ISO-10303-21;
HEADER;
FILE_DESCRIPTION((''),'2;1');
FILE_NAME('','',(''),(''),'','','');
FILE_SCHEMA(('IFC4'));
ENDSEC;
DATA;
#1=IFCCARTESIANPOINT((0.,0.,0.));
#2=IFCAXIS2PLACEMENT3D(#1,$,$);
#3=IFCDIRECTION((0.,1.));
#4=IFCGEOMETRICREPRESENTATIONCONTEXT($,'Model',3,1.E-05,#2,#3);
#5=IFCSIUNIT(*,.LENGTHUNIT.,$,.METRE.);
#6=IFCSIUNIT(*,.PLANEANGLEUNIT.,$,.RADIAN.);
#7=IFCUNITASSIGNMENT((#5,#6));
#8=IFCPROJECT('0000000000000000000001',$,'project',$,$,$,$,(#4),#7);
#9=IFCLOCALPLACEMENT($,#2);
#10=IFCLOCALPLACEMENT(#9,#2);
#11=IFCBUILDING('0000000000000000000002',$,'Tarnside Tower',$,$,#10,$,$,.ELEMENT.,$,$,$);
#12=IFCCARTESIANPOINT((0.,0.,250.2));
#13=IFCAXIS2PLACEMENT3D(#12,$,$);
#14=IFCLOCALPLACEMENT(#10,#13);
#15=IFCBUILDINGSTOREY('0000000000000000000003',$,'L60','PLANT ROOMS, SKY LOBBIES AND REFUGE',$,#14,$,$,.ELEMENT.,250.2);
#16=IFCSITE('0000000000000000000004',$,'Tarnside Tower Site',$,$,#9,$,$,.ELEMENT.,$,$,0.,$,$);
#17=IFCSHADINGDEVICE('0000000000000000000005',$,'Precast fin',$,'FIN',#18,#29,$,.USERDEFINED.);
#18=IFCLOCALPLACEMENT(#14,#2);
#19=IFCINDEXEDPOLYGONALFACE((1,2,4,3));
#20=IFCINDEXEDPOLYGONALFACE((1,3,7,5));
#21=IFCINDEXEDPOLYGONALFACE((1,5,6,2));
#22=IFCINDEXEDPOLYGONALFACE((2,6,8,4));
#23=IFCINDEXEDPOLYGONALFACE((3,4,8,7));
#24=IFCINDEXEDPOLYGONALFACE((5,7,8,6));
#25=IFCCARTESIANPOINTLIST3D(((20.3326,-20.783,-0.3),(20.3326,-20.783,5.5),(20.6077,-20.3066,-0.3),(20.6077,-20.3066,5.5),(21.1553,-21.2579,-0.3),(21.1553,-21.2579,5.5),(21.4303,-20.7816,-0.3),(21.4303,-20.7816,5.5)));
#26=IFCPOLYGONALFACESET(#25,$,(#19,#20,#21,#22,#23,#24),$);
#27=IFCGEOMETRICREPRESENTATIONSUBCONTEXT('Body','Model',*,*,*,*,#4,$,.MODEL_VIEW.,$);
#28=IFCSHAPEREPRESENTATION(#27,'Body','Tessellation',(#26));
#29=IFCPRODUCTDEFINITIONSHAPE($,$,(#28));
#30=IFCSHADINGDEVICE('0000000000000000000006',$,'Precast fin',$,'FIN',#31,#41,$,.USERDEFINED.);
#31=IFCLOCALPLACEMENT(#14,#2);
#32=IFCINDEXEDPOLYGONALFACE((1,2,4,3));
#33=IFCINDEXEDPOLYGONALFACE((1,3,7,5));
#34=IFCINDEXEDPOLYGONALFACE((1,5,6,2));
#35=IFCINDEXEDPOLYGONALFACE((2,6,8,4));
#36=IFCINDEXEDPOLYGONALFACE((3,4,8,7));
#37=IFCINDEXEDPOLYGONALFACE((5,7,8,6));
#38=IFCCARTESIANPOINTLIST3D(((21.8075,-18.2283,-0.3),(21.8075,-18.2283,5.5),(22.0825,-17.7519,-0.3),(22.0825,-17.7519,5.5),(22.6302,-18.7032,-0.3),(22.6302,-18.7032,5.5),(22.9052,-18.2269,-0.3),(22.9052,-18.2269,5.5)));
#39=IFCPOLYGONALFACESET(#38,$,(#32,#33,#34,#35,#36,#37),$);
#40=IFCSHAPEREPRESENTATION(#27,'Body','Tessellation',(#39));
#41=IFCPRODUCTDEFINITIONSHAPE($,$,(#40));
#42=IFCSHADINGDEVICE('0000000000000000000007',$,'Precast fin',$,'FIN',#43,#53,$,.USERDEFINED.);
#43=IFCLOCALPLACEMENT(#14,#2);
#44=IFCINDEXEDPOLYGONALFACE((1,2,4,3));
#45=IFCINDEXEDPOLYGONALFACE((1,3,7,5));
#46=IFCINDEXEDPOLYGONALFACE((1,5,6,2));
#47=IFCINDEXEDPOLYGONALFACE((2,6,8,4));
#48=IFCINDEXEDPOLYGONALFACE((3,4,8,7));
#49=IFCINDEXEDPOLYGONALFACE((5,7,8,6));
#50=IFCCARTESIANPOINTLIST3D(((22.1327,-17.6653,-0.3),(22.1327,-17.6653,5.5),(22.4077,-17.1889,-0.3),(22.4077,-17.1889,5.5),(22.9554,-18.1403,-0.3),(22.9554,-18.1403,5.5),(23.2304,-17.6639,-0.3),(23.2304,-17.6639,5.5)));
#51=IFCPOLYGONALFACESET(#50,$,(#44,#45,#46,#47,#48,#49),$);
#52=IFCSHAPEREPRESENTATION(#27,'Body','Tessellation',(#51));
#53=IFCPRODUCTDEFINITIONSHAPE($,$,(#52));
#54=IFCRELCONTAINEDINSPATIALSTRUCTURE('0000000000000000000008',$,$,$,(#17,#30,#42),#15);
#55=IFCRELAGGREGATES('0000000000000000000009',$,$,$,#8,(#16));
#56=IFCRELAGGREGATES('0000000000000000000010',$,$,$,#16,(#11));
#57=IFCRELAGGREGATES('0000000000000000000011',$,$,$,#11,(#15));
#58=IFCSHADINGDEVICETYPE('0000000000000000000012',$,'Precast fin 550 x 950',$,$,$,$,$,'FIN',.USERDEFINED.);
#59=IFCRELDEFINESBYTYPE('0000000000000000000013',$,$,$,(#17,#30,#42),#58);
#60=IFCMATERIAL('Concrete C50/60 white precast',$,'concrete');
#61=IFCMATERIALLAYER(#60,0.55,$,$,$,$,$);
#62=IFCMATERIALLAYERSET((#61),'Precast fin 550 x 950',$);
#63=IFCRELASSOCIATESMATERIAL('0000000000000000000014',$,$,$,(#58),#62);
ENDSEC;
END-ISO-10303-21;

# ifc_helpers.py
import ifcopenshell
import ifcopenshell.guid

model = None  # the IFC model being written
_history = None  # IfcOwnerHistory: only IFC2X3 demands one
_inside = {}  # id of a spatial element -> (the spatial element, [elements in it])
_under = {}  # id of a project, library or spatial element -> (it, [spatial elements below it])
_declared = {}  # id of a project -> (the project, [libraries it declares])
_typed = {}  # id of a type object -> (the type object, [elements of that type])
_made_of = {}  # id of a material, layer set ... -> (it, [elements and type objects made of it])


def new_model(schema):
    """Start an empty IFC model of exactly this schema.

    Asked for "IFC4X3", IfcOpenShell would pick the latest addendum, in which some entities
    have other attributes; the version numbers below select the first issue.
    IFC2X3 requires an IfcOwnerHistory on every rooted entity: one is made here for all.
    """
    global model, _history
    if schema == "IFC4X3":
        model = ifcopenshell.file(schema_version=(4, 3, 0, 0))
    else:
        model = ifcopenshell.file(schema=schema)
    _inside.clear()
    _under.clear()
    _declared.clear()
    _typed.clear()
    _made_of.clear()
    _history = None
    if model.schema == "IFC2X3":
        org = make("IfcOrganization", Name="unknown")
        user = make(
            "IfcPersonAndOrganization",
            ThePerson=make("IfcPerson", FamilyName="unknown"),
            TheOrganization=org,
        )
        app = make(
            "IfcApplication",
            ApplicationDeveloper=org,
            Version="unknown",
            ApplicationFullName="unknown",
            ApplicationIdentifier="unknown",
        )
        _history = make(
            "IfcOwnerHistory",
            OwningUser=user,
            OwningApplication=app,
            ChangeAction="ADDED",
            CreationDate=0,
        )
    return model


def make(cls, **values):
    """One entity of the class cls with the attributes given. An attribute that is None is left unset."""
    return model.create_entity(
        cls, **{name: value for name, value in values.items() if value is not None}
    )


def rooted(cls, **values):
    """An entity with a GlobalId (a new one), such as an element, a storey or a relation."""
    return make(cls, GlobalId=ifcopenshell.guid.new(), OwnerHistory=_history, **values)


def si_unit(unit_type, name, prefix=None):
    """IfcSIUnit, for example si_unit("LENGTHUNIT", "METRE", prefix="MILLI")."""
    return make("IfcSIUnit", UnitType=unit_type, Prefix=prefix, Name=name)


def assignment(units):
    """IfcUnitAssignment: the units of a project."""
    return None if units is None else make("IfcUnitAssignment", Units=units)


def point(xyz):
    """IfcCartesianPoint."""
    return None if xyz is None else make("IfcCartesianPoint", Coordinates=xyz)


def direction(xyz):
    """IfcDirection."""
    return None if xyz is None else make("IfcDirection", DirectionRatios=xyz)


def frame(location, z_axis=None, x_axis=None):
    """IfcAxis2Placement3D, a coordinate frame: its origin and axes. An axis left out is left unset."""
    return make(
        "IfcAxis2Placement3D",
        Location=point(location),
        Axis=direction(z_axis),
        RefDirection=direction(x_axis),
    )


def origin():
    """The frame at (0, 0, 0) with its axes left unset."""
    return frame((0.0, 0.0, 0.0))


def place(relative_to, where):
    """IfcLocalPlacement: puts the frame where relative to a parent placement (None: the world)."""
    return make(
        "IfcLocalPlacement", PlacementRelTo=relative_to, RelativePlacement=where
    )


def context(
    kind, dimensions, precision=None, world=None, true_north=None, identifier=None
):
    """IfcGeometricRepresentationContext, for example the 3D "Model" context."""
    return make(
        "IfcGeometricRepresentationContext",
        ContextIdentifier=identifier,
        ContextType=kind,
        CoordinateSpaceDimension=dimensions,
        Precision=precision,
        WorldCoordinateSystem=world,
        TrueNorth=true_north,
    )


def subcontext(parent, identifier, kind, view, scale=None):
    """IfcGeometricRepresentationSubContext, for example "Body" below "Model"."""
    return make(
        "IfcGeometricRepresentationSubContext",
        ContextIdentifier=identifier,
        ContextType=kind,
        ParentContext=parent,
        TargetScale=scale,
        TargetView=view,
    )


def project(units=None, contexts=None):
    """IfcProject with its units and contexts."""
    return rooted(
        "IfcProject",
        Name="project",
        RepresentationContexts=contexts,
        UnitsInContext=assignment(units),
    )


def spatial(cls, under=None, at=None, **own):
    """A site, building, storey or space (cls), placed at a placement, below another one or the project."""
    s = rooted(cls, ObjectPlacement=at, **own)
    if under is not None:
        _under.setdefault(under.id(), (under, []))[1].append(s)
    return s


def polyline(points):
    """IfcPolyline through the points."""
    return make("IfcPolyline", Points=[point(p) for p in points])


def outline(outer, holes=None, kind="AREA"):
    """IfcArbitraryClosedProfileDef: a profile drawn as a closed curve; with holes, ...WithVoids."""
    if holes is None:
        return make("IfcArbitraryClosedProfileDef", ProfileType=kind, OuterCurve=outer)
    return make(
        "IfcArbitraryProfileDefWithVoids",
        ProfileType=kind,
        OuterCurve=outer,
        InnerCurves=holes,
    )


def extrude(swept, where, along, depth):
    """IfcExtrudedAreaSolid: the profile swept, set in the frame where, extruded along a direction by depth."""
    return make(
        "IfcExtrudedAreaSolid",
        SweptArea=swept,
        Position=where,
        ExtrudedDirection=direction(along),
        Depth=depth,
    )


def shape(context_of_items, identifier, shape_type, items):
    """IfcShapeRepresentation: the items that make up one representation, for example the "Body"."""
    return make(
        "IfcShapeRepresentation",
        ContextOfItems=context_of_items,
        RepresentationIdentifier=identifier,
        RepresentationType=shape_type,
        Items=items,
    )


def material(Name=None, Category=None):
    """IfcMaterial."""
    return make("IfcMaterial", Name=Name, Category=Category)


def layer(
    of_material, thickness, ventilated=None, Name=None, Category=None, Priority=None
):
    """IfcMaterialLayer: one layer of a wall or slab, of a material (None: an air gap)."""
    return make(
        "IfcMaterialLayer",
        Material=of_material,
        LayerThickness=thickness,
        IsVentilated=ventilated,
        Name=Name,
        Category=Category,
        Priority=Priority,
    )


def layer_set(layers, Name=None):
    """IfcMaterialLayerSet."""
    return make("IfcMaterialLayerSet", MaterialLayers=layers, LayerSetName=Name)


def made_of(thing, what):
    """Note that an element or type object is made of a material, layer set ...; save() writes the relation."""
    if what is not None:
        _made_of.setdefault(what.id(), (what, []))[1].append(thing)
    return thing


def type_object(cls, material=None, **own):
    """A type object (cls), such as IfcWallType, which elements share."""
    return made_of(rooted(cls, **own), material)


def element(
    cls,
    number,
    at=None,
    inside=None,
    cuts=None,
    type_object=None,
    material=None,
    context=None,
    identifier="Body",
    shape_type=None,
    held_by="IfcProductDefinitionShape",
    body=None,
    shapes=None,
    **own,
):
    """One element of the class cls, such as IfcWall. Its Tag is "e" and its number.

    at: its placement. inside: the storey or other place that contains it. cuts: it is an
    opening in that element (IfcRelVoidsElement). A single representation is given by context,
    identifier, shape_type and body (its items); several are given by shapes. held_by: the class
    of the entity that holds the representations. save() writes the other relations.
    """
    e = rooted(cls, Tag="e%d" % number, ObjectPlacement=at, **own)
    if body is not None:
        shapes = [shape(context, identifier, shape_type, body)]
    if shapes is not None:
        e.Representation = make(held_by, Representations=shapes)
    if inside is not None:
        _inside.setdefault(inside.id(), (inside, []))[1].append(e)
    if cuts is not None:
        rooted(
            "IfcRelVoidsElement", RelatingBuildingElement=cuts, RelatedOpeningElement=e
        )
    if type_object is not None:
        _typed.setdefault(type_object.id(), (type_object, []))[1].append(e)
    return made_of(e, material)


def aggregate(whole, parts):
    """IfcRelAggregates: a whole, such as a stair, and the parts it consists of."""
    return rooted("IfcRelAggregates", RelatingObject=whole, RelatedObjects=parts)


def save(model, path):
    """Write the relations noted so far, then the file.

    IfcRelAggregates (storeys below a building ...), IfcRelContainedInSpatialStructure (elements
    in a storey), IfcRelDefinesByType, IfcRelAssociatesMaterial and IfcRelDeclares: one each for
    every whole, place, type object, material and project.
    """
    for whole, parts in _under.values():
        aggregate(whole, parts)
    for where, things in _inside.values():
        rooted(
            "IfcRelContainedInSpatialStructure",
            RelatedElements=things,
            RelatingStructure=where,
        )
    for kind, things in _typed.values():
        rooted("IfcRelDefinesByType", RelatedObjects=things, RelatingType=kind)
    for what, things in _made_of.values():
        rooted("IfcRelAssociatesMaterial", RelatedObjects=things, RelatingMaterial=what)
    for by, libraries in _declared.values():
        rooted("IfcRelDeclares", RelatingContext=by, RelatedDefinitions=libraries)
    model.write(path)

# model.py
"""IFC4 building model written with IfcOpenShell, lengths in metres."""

from ifc_helpers import new_model, si_unit, direction, frame, origin, place, context, subcontext, project, spatial, polyline, outline, extrude, material, layer, layer_set, type_object, element, save


model = new_model("IFC4")

# Units and contexts
model_context = context("Model", 3, precision=1e-05, world=origin(), true_north=direction((0.0, 1.0)))
body_context = subcontext(model_context, "Body", "Model", "MODEL_VIEW")
ifc_project = project(units=[si_unit("LENGTHUNIT", "METRE"), si_unit("PLANEANGLEUNIT", "RADIAN")], contexts=[model_context])

# Site, building, storey
site_placement = place(None, origin())
site = spatial("IfcSite", under=ifc_project, at=site_placement, Name="Tarnside Tower Site", CompositionType="ELEMENT", RefElevation=0.0)
building_placement = place(site_placement, origin())
building = spatial("IfcBuilding", under=site, at=building_placement, Name="Tarnside Tower", CompositionType="ELEMENT")
storey_placement = place(building_placement, frame((0.0, 0.0, 250.2)))
storey = spatial("IfcBuildingStorey", under=building, at=storey_placement, Name="L60", Description="PLANT ROOMS, SKY LOBBIES AND REFUGE", CompositionType="ELEMENT", Elevation=250.2)

# Shading devices
ifc_material_1 = material(Name="Concrete C50/60 white precast", Category="concrete")
ifc_layer_1 = layer(ifc_material_1, 0.55)
ifc_layer_set_1 = layer_set([ifc_layer_1], Name="Precast fin 550 x 950")
shading_device_type = type_object("IfcShadingDeviceType", Name="Precast fin 550 x 950", ElementType="FIN", PredefinedType="USERDEFINED", material=ifc_layer_set_1)
for number, where, z_axis, x_axis, name in (
    (1, (20.4702, -20.5447, -0.3), (-0.5, -0.866025, 0.0), (0.866025, -0.5, 0.0), "Precast fin"),
    (2, (21.9451, -17.99, -0.3), (-0.5, -0.866025, 0.0), (0.866025, -0.5, 0.0), "Precast fin"),
    (3, (22.2703, -17.427, -0.3), (-0.5, -0.866025, 0.0), (0.866025, -0.5, 0.0), "Precast fin"),
):
    element("IfcShadingDevice", number, at=place(storey_placement, frame(where, z_axis=z_axis, x_axis=x_axis)), inside=storey, type_object=shading_device_type, Name=name, ObjectType="FIN", PredefinedType="USERDEFINED", context=body_context, shape_type="SweptSolid", body=[
        extrude(outline(polyline([(0.0, 0.0), (0.95, 0.0), (0.95, 5.8), (0.0, 5.8), (0.0, 0.0)])), frame((0.0, 0.0, -0.2749)), (0.0, 0.0, 1.0), 0.55),
    ])

save(model, "model.ifc")
